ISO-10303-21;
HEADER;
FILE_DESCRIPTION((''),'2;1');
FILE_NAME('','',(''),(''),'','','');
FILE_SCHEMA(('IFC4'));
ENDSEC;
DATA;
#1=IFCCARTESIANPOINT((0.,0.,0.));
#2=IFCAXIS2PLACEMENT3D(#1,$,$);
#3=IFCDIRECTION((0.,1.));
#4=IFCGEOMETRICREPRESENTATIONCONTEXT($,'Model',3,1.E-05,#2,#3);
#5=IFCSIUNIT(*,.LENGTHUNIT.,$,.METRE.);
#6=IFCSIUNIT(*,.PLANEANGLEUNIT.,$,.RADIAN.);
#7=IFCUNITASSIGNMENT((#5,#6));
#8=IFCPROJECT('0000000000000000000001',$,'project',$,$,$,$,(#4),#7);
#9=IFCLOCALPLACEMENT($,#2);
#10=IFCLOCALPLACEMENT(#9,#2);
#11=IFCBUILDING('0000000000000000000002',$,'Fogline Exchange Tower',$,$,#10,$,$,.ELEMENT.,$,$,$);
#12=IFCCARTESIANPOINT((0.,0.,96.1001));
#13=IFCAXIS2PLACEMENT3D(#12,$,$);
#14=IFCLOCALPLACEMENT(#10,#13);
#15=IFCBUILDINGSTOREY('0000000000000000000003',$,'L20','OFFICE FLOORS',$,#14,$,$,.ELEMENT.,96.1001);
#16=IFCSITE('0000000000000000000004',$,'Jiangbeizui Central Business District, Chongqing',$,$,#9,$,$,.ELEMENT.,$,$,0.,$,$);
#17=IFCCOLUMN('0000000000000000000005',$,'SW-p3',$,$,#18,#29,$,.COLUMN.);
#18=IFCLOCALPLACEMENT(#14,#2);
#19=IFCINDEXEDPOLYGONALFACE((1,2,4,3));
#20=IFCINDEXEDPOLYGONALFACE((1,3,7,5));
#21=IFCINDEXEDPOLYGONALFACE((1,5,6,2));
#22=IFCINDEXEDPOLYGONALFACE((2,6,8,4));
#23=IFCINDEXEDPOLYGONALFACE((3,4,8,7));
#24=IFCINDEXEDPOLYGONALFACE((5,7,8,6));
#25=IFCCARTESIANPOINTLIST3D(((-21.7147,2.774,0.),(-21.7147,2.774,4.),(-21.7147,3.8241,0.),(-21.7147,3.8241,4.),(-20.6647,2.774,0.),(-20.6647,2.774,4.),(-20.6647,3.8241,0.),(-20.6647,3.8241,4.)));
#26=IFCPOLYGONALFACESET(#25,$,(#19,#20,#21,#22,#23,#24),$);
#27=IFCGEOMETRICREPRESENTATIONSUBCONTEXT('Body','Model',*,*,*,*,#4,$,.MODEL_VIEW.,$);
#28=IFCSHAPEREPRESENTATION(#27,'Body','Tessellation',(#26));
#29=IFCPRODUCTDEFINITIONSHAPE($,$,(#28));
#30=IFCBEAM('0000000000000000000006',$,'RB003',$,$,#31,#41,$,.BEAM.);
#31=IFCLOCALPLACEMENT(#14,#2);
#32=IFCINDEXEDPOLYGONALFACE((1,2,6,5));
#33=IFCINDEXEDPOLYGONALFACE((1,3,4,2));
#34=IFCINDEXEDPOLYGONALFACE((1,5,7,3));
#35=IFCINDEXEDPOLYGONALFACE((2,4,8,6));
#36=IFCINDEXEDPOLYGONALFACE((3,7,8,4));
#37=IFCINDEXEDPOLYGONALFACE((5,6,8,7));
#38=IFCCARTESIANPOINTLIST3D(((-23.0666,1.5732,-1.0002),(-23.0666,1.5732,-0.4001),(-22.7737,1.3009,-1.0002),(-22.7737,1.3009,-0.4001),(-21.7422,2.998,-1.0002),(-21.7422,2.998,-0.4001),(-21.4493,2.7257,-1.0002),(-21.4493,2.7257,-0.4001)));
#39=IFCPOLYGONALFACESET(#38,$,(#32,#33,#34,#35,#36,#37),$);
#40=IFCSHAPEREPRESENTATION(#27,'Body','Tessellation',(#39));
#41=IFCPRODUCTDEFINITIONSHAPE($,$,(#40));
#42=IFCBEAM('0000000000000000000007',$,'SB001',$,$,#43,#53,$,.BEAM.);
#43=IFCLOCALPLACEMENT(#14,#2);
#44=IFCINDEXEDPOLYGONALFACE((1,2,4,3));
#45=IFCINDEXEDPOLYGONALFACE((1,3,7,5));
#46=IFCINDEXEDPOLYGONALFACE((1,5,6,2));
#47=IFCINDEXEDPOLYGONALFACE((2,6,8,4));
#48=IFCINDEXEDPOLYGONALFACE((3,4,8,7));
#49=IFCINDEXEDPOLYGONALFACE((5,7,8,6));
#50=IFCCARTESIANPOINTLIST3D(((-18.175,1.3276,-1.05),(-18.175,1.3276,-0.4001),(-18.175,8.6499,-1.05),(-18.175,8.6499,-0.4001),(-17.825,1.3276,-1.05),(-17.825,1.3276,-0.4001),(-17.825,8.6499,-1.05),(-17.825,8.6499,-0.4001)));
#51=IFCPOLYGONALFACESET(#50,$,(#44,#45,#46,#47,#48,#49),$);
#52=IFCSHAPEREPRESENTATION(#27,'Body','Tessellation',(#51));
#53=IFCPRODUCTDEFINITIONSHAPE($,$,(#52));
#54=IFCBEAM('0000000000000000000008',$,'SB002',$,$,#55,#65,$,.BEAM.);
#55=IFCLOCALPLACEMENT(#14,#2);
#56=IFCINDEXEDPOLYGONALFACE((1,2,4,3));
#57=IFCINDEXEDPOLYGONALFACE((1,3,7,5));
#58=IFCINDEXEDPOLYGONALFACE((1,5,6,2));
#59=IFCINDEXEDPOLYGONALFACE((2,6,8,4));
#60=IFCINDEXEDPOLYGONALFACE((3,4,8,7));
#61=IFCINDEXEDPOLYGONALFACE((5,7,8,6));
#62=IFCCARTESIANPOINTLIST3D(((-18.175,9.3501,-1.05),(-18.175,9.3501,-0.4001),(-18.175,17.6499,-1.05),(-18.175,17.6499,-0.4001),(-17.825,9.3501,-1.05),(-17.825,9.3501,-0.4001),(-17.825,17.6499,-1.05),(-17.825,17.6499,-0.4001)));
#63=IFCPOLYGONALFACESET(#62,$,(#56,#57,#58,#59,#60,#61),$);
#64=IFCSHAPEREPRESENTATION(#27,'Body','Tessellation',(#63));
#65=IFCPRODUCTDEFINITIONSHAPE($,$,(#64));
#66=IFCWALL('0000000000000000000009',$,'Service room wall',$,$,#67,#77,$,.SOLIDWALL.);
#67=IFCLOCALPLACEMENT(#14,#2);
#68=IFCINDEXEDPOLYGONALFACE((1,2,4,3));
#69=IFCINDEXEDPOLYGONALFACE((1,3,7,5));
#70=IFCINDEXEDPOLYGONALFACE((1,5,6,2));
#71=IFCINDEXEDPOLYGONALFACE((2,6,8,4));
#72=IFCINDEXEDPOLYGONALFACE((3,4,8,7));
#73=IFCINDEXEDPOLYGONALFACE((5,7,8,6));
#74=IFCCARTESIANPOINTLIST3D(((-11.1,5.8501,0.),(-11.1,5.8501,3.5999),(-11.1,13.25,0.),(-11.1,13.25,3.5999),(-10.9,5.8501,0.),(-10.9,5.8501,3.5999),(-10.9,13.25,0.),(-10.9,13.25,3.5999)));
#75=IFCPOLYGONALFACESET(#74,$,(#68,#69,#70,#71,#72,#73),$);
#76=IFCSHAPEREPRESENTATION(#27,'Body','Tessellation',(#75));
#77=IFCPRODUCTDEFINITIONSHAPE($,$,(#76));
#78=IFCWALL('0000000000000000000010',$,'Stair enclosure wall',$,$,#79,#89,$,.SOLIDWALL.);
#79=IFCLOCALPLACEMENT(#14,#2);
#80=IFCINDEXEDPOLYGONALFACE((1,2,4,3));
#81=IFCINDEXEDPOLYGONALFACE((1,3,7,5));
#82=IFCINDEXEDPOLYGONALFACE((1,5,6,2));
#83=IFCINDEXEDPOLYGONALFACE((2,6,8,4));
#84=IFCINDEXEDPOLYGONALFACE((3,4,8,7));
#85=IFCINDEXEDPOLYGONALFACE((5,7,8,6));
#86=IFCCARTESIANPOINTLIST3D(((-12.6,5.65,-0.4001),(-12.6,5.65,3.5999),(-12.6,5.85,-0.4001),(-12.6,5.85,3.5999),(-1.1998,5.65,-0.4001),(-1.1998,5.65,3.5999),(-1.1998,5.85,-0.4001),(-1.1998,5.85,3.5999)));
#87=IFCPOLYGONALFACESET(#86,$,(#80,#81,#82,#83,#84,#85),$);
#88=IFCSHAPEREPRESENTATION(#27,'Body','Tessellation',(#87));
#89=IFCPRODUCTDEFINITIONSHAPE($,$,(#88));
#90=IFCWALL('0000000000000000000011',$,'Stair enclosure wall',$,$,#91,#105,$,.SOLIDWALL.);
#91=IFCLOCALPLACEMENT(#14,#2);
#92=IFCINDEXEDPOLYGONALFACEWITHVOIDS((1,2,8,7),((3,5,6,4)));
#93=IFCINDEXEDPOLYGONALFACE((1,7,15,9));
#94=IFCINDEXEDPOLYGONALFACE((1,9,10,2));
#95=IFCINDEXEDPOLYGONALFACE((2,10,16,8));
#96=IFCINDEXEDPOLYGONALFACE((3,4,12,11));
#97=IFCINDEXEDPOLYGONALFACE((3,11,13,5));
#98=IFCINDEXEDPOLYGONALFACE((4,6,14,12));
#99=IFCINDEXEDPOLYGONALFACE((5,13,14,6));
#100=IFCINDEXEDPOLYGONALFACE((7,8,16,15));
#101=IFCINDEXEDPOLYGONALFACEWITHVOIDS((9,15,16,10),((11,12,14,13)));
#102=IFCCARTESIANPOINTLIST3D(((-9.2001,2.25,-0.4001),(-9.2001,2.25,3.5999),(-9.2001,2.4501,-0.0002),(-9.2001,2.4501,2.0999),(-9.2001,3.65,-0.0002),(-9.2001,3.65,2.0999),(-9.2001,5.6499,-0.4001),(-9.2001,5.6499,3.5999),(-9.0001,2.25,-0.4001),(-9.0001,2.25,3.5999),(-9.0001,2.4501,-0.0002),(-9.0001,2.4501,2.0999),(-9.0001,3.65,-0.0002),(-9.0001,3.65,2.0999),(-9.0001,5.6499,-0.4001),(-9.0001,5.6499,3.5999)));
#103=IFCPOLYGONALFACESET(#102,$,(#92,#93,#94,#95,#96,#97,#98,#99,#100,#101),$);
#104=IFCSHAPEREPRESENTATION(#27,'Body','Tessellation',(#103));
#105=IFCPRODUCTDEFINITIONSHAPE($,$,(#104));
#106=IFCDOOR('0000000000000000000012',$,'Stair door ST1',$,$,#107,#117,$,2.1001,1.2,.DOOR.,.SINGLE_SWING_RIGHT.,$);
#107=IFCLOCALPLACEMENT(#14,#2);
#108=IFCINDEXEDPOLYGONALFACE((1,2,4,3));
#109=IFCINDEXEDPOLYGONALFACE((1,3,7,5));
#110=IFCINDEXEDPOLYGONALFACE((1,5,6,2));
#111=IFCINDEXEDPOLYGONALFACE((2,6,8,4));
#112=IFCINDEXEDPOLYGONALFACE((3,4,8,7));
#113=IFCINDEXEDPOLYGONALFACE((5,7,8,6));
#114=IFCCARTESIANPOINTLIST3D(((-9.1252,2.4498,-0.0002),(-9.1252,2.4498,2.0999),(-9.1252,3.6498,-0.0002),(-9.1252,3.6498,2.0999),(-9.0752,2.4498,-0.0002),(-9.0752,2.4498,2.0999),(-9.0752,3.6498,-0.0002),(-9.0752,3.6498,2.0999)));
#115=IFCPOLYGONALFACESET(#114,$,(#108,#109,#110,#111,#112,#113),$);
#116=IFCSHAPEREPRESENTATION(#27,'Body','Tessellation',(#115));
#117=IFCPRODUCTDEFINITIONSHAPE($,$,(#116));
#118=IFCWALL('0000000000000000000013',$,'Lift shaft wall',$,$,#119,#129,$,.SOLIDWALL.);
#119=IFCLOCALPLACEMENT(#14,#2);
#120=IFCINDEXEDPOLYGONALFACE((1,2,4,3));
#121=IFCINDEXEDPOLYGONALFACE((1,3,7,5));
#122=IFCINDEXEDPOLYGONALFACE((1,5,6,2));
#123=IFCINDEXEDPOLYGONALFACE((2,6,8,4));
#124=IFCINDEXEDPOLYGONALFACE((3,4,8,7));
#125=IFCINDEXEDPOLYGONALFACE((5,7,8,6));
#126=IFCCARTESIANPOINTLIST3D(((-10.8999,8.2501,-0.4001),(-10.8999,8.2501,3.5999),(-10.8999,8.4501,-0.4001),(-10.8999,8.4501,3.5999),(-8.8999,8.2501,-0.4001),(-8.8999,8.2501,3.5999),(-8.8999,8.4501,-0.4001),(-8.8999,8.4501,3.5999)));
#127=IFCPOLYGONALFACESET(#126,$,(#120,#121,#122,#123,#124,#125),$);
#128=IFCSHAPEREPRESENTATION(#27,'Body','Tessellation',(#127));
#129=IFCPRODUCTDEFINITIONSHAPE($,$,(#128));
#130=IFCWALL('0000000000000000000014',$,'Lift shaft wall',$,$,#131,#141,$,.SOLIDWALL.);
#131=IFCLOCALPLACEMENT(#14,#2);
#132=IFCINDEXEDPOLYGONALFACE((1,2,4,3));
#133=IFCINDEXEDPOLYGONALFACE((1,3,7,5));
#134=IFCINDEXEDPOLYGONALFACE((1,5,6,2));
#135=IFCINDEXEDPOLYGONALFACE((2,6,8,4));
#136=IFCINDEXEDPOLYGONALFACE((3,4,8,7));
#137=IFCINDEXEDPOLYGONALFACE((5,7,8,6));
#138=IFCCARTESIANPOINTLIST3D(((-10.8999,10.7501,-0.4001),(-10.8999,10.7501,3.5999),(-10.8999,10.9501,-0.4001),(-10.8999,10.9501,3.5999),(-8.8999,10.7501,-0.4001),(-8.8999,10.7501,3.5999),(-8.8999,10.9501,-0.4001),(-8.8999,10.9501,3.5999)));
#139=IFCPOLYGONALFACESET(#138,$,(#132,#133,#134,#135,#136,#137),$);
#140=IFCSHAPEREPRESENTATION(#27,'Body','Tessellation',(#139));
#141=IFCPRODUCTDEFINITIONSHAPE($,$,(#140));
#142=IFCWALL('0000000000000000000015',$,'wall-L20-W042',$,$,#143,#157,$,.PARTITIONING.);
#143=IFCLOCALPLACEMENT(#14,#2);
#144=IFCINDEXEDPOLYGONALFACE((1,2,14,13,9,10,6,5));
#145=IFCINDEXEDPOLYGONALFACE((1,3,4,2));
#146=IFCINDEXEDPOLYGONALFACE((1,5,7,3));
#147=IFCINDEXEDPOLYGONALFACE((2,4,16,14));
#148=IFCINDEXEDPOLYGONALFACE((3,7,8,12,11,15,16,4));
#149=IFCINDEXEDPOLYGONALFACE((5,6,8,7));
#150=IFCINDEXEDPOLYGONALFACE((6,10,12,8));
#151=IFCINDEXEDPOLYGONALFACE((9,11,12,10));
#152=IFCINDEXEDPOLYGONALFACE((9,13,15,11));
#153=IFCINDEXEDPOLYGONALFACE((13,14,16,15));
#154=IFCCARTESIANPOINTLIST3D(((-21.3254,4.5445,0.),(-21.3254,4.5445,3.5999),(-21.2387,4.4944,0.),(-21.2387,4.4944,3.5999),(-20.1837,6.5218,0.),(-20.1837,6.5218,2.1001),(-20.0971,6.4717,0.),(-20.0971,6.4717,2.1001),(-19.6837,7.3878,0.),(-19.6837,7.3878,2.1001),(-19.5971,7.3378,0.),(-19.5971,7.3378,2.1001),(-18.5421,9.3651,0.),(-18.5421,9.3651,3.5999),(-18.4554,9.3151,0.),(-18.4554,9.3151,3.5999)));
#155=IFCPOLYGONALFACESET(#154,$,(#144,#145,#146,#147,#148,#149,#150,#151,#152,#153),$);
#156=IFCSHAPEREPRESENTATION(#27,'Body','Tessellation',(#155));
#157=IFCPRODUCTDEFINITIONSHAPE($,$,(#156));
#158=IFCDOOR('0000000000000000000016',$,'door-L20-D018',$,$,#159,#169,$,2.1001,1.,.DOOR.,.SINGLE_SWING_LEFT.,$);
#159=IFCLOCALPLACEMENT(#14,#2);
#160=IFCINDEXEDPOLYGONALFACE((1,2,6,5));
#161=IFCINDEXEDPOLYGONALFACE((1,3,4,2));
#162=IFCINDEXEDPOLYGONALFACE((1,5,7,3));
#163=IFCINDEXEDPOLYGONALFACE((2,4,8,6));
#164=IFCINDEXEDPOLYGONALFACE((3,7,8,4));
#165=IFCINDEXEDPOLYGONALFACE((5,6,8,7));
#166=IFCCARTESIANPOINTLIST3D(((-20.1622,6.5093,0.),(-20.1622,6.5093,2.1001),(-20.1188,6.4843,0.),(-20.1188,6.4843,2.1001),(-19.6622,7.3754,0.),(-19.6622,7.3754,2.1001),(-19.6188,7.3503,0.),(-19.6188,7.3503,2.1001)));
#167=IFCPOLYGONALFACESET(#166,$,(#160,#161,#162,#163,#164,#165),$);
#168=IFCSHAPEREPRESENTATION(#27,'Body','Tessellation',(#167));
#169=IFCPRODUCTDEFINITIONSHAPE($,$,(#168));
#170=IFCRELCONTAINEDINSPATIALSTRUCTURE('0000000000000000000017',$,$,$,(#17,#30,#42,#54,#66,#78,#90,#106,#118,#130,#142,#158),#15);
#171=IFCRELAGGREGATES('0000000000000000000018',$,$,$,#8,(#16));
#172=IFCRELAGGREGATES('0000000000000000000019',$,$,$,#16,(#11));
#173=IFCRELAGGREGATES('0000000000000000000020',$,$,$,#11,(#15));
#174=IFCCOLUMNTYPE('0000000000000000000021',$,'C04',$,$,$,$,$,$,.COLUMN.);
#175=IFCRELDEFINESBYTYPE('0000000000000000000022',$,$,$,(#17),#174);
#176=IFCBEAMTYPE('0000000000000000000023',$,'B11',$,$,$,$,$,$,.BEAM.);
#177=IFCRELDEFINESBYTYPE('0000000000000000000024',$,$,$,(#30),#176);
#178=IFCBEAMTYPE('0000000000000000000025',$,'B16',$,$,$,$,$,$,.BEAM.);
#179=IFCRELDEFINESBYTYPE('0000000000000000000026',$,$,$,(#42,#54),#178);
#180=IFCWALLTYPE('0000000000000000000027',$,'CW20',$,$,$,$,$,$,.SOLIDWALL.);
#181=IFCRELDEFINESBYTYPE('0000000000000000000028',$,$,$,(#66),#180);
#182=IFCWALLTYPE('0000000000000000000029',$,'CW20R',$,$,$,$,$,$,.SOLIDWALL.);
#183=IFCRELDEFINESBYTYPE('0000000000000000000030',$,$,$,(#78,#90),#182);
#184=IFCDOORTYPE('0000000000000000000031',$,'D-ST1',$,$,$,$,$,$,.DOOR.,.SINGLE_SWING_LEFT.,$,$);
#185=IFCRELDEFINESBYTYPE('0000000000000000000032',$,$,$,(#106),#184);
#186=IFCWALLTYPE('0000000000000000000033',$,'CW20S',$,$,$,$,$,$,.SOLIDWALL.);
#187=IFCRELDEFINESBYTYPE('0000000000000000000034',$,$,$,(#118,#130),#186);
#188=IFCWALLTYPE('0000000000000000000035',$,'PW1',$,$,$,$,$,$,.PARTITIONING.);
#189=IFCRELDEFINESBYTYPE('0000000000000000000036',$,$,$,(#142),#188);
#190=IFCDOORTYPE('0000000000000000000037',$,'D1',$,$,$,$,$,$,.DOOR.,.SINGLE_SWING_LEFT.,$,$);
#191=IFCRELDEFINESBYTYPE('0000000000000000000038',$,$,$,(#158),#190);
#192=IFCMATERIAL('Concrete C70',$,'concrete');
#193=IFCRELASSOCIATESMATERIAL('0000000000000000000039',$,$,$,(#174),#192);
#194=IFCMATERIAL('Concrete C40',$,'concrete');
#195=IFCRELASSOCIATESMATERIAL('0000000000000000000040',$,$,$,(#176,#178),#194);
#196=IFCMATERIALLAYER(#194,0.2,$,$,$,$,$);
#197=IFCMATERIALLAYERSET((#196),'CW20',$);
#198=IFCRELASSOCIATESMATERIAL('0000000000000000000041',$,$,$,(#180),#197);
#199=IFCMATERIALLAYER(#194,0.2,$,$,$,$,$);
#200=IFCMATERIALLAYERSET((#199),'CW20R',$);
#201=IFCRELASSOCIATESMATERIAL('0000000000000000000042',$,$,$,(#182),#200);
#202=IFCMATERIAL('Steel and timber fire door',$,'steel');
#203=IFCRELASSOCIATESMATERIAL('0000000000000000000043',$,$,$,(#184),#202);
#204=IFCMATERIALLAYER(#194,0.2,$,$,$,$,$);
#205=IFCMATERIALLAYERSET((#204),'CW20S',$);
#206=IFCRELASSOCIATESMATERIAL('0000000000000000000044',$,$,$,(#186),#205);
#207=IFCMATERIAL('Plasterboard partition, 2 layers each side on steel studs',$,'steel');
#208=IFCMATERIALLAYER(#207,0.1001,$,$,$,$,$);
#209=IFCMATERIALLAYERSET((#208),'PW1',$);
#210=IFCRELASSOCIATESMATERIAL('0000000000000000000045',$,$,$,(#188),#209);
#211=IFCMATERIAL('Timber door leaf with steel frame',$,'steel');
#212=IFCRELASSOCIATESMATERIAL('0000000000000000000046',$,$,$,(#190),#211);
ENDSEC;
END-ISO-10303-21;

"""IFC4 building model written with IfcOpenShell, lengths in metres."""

from ifc_helpers import new_model, si_unit, direction, frame, frame_2d, origin, origin_2d, place, context, subcontext, project, spatial, rectangle, extrude, material, layer, layer_set, material_profile, profile_set, type_object, element, fill, save


model = new_model("IFC4")

# Units and contexts
model_context = context("Model", 3, precision=1e-05, world=origin(), true_north=direction((0.0, 1.0)))
body_context = subcontext(model_context, "Body", "Model", "MODEL_VIEW")
ifc_project = project(units=[si_unit("LENGTHUNIT", "METRE"), si_unit("PLANEANGLEUNIT", "RADIAN")], contexts=[model_context])

# Site, building, storey
site_placement = place(None, origin())
site = spatial("IfcSite", under=ifc_project, at=site_placement, Name="Jiangbeizui Central Business District, Chongqing", CompositionType="ELEMENT", RefElevation=0.0)
building_placement = place(site_placement, origin())
building = spatial("IfcBuilding", under=site, at=building_placement, Name="Fogline Exchange Tower", CompositionType="ELEMENT")
storey_placement = place(building_placement, frame((0.0, 0.0, 96.1001)))
storey = spatial("IfcBuildingStorey", under=building, at=storey_placement, Name="L20", Description="OFFICE FLOORS", CompositionType="ELEMENT", Elevation=96.1001)

# Column
ifc_material_1 = material(Name="Concrete C70", Category="concrete")
ifc_material_profile_1 = material_profile(ifc_material_1, rectangle(XDim=1.05, YDim=1.05, at=origin_2d()), Name="RC 1050x1050")
ifc_profile_set_1 = profile_set([ifc_material_profile_1], Name="Concrete C70")
column_type = type_object("IfcColumnType", Name="C04", PredefinedType="COLUMN", material=ifc_profile_set_1)
column_placement = place(storey_placement, frame((-21.1897, 3.2991, 0.0), z_axis=(0.0, 0.0, 1.0), x_axis=(1.0, 0.0, 0.0)))
element("IfcColumn", 1, at=column_placement, inside=storey, type_object=column_type, Name="SW-p3", PredefinedType="COLUMN", context=body_context, shape_type="SweptSolid", body=[
    extrude(rectangle(XDim=1.05, YDim=1.05, at=origin_2d()), origin(), (0.0, 0.0, 1.0), 4.0),
])

# Beams
ifc_material_2 = material(Name="Concrete C40", Category="concrete")
ifc_material_profile_2 = material_profile(ifc_material_2, rectangle(XDim=0.3999, YDim=0.6001, at=origin_2d()), Name="RC 400x600")
ifc_profile_set_2 = profile_set([ifc_material_profile_2], Name="Concrete C40")
beam_type_1 = type_object("IfcBeamType", Name="B11", PredefinedType="BEAM", material=ifc_profile_set_2)
beam_1_placement = place(storey_placement, frame((-21.5957, 2.8618, -0.7002), z_axis=(-0.680846, -0.732427, 0.0), x_axis=(0.732427, -0.680846, 0.0)))
element("IfcBeam", 2, at=beam_1_placement, inside=storey, type_object=beam_type_1, Name="RB003", PredefinedType="BEAM", context=body_context, shape_type="SweptSolid", body=[
    extrude(rectangle(XDim=0.3999, YDim=0.6001, at=origin_2d()), origin(), (0.0, 0.0, 1.0), 1.9453),
])
ifc_material_profile_3 = material_profile(ifc_material_2, rectangle(XDim=0.3501, YDim=0.6499, at=origin_2d()), Name="RC 350x650")
ifc_profile_set_3 = profile_set([ifc_material_profile_3], Name="Concrete C40")
beam_type_2 = type_object("IfcBeamType", Name="B16", PredefinedType="BEAM", material=ifc_profile_set_3)
beam_2_placement = place(storey_placement, frame((-18.0, 1.3276, -0.7251), z_axis=(0.0, 1.0, 0.0), x_axis=(-1.0, 0.0, 0.0)))
element("IfcBeam", 3, at=beam_2_placement, inside=storey, type_object=beam_type_2, Name="SB001", PredefinedType="BEAM", context=body_context, shape_type="SweptSolid", body=[
    extrude(rectangle(XDim=0.3501, YDim=0.6499, at=origin_2d()), origin(), (0.0, 0.0, 1.0), 7.3223),
])
beam_3_placement = place(storey_placement, frame((-18.0, 9.3501, -0.7251), z_axis=(0.0, 1.0, 0.0), x_axis=(-1.0, 0.0, 0.0)))
element("IfcBeam", 4, at=beam_3_placement, inside=storey, type_object=beam_type_2, Name="SB002", PredefinedType="BEAM", context=body_context, shape_type="SweptSolid", body=[
    extrude(rectangle(XDim=0.3501, YDim=0.6499, at=origin_2d()), origin(), (0.0, 0.0, 1.0), 8.2998),
])

# Walls
ifc_layer_1 = layer(ifc_material_2, 0.2)
ifc_layer_set_1 = layer_set([ifc_layer_1], Name="CW20")
wall_type_1 = type_object("IfcWallType", Name="CW20", PredefinedType="SOLIDWALL", material=ifc_layer_set_1)
wall_1_placement = place(storey_placement, frame((-11.0, 5.8501, 0.0), z_axis=(0.0, 0.0, 1.0), x_axis=(0.0, 1.0, 0.0)))
element("IfcWall", 5, at=wall_1_placement, inside=storey, type_object=wall_type_1, Name="Service room wall", PredefinedType="SOLIDWALL", context=body_context, shape_type="SweptSolid", body=[
    extrude(rectangle(XDim=7.3999, YDim=0.2, at=frame_2d((3.7, 0.0))), origin(), (0.0, 0.0, 1.0), 3.5999),
])
ifc_layer_2 = layer(ifc_material_2, 0.2)
ifc_layer_set_2 = layer_set([ifc_layer_2], Name="CW20R")
wall_type_2 = type_object("IfcWallType", Name="CW20R", PredefinedType="SOLIDWALL", material=ifc_layer_set_2)
wall_2_placement = place(storey_placement, frame((-12.6001, 5.75, -0.4001), z_axis=(0.0, 0.0, 1.0), x_axis=(1.0, 0.0, 0.0)))
element("IfcWall", 6, at=wall_2_placement, inside=storey, type_object=wall_type_2, Name="Stair enclosure wall", PredefinedType="SOLIDWALL", context=body_context, shape_type="SweptSolid", body=[
    extrude(rectangle(XDim=11.4001, YDim=0.2, at=frame_2d((5.7002, 0.0))), origin(), (0.0, 0.0, 1.0), 4.0),
])

# Wall, opening, door
wall_3_placement = place(storey_placement, frame((-9.1001, 2.25, -0.4001), z_axis=(0.0, 0.0, 1.0), x_axis=(0.0, 1.0, 0.0)))
wall_3 = element("IfcWall", 7, at=wall_3_placement, inside=storey, type_object=wall_type_2, Name="Stair enclosure wall", PredefinedType="SOLIDWALL", context=body_context, shape_type="SweptSolid", body=[
    extrude(rectangle(XDim=3.3999, YDim=0.2, at=frame_2d((1.7, 0.0))), origin(), (0.0, 0.0, 1.0), 4.0),
])
opening_1_placement = place(wall_3_placement, frame((0.2, 0.0, 0.3999)))
opening_1 = element("IfcOpeningElement", 8, at=opening_1_placement, cuts=wall_3, PredefinedType="OPENING", context=body_context, shape_type="SweptSolid", body=[
    extrude(rectangle(XDim=1.2, YDim=2.1001, at=frame_2d((0.6001, 1.05))), frame((0.0, 0.1099, 0.0), z_axis=(0.0, -1.0, 0.0), x_axis=(1.0, 0.0, 0.0)), (0.0, 0.0, 1.0), 0.22),
])
ifc_material_3 = material(Name="Steel and timber fire door", Category="steel")
door_type_1 = type_object("IfcDoorType", Name="D-ST1", OperationType="SINGLE_SWING_LEFT", PredefinedType="DOOR", material=ifc_material_3)
door_1_placement = place(opening_1_placement, frame((1.2, 0.0, 0.0), z_axis=(0.0, 0.0, 1.0), x_axis=(-1.0, 0.0, 0.0)))
door_1 = element("IfcDoor", 9, at=door_1_placement, inside=storey, type_object=door_type_1, Name="Stair door ST1", OperationType="SINGLE_SWING_RIGHT", OverallHeight=2.1001, OverallWidth=1.2, PredefinedType="DOOR", context=body_context, shape_type="SweptSolid", body=[
    extrude(rectangle(XDim=1.2, YDim=2.1001, at=frame_2d((0.6001, 1.05))), frame((0.0, 0.0249, 0.0), z_axis=(0.0, -1.0, 0.0), x_axis=(1.0, 0.0, 0.0)), (0.0, 0.0, 1.0), 0.05),
])
fill(opening_1, door_1)

# Walls
ifc_layer_3 = layer(ifc_material_2, 0.2)
ifc_layer_set_3 = layer_set([ifc_layer_3], Name="CW20S")
wall_type_3 = type_object("IfcWallType", Name="CW20S", PredefinedType="SOLIDWALL", material=ifc_layer_set_3)
for number, where, z_axis, x_axis, name in (
    (10, (-10.8999, 8.3501, -0.4001), (0.0, 0.0, 1.0), (1.0, 0.0, 0.0), "Lift shaft wall"),
    (11, (-10.8999, 10.8501, -0.4001), (0.0, 0.0, 1.0), (1.0, 0.0, 0.0), "Lift shaft wall"),
):
    element("IfcWall", number, at=place(storey_placement, frame(where, z_axis=z_axis, x_axis=x_axis)), inside=storey, type_object=wall_type_3, Name=name, PredefinedType="SOLIDWALL", context=body_context, shape_type="SweptSolid", body=[
        extrude(rectangle(XDim=2.0, YDim=0.2, at=frame_2d((1.0, 0.0))), origin(), (0.0, 0.0, 1.0), 4.0),
    ])

# Wall, opening, door
ifc_material_4 = material(Name="Plasterboard partition, 2 layers each side on steel studs", Category="steel")
ifc_layer_4 = layer(ifc_material_4, 0.1001)
ifc_layer_set_4 = layer_set([ifc_layer_4], Name="PW1")
wall_type_4 = type_object("IfcWallType", Name="PW1", PredefinedType="PARTITIONING", material=ifc_layer_set_4)
wall_4_placement = place(storey_placement, frame((-18.4988, 9.3401, 0.0), z_axis=(0.0, 0.0, 1.0), x_axis=(-0.500007, -0.866021, 0.0)))
wall_4 = element("IfcWall", 12, at=wall_4_placement, inside=storey, type_object=wall_type_4, Name="wall-L20-W042", PredefinedType="PARTITIONING", context=body_context, shape_type="SweptSolid", body=[
    extrude(rectangle(XDim=5.5664, YDim=0.1001, at=frame_2d((2.7832, 0.0))), origin(), (0.0, 0.0, 1.0), 3.5999),
])
opening_2_placement = place(wall_4_placement, frame((2.2832, 0.0, 0.0)))
opening_2 = element("IfcOpeningElement", 13, at=opening_2_placement, cuts=wall_4, PredefinedType="OPENING", context=body_context, shape_type="SweptSolid", body=[
    extrude(rectangle(XDim=1.0, YDim=2.1001, at=frame_2d((0.5, 1.05))), frame((0.0, 0.0601, 0.0), z_axis=(0.0, -1.0, 0.0), x_axis=(1.0, 0.0, 0.0)), (0.0, 0.0, 1.0), 0.1201),
])
ifc_material_5 = material(Name="Timber door leaf with steel frame", Category="steel")
door_type_2 = type_object("IfcDoorType", Name="D1", OperationType="SINGLE_SWING_LEFT", PredefinedType="DOOR", material=ifc_material_5)
door_2_placement = place(opening_2_placement, origin())
door_2 = element("IfcDoor", 14, at=door_2_placement, inside=storey, type_object=door_type_2, Name="door-L20-D018", OperationType="SINGLE_SWING_LEFT", OverallHeight=2.1001, OverallWidth=1.0, PredefinedType="DOOR", context=body_context, shape_type="SweptSolid", body=[
    extrude(rectangle(XDim=1.0, YDim=2.1001, at=frame_2d((0.5, 1.05))), frame((0.0, 0.0249, 0.0), z_axis=(0.0, -1.0, 0.0), x_axis=(1.0, 0.0, 0.0)), (0.0, 0.0, 1.0), 0.05),
])
fill(opening_2, door_2)

save(model, "model.ifc")
